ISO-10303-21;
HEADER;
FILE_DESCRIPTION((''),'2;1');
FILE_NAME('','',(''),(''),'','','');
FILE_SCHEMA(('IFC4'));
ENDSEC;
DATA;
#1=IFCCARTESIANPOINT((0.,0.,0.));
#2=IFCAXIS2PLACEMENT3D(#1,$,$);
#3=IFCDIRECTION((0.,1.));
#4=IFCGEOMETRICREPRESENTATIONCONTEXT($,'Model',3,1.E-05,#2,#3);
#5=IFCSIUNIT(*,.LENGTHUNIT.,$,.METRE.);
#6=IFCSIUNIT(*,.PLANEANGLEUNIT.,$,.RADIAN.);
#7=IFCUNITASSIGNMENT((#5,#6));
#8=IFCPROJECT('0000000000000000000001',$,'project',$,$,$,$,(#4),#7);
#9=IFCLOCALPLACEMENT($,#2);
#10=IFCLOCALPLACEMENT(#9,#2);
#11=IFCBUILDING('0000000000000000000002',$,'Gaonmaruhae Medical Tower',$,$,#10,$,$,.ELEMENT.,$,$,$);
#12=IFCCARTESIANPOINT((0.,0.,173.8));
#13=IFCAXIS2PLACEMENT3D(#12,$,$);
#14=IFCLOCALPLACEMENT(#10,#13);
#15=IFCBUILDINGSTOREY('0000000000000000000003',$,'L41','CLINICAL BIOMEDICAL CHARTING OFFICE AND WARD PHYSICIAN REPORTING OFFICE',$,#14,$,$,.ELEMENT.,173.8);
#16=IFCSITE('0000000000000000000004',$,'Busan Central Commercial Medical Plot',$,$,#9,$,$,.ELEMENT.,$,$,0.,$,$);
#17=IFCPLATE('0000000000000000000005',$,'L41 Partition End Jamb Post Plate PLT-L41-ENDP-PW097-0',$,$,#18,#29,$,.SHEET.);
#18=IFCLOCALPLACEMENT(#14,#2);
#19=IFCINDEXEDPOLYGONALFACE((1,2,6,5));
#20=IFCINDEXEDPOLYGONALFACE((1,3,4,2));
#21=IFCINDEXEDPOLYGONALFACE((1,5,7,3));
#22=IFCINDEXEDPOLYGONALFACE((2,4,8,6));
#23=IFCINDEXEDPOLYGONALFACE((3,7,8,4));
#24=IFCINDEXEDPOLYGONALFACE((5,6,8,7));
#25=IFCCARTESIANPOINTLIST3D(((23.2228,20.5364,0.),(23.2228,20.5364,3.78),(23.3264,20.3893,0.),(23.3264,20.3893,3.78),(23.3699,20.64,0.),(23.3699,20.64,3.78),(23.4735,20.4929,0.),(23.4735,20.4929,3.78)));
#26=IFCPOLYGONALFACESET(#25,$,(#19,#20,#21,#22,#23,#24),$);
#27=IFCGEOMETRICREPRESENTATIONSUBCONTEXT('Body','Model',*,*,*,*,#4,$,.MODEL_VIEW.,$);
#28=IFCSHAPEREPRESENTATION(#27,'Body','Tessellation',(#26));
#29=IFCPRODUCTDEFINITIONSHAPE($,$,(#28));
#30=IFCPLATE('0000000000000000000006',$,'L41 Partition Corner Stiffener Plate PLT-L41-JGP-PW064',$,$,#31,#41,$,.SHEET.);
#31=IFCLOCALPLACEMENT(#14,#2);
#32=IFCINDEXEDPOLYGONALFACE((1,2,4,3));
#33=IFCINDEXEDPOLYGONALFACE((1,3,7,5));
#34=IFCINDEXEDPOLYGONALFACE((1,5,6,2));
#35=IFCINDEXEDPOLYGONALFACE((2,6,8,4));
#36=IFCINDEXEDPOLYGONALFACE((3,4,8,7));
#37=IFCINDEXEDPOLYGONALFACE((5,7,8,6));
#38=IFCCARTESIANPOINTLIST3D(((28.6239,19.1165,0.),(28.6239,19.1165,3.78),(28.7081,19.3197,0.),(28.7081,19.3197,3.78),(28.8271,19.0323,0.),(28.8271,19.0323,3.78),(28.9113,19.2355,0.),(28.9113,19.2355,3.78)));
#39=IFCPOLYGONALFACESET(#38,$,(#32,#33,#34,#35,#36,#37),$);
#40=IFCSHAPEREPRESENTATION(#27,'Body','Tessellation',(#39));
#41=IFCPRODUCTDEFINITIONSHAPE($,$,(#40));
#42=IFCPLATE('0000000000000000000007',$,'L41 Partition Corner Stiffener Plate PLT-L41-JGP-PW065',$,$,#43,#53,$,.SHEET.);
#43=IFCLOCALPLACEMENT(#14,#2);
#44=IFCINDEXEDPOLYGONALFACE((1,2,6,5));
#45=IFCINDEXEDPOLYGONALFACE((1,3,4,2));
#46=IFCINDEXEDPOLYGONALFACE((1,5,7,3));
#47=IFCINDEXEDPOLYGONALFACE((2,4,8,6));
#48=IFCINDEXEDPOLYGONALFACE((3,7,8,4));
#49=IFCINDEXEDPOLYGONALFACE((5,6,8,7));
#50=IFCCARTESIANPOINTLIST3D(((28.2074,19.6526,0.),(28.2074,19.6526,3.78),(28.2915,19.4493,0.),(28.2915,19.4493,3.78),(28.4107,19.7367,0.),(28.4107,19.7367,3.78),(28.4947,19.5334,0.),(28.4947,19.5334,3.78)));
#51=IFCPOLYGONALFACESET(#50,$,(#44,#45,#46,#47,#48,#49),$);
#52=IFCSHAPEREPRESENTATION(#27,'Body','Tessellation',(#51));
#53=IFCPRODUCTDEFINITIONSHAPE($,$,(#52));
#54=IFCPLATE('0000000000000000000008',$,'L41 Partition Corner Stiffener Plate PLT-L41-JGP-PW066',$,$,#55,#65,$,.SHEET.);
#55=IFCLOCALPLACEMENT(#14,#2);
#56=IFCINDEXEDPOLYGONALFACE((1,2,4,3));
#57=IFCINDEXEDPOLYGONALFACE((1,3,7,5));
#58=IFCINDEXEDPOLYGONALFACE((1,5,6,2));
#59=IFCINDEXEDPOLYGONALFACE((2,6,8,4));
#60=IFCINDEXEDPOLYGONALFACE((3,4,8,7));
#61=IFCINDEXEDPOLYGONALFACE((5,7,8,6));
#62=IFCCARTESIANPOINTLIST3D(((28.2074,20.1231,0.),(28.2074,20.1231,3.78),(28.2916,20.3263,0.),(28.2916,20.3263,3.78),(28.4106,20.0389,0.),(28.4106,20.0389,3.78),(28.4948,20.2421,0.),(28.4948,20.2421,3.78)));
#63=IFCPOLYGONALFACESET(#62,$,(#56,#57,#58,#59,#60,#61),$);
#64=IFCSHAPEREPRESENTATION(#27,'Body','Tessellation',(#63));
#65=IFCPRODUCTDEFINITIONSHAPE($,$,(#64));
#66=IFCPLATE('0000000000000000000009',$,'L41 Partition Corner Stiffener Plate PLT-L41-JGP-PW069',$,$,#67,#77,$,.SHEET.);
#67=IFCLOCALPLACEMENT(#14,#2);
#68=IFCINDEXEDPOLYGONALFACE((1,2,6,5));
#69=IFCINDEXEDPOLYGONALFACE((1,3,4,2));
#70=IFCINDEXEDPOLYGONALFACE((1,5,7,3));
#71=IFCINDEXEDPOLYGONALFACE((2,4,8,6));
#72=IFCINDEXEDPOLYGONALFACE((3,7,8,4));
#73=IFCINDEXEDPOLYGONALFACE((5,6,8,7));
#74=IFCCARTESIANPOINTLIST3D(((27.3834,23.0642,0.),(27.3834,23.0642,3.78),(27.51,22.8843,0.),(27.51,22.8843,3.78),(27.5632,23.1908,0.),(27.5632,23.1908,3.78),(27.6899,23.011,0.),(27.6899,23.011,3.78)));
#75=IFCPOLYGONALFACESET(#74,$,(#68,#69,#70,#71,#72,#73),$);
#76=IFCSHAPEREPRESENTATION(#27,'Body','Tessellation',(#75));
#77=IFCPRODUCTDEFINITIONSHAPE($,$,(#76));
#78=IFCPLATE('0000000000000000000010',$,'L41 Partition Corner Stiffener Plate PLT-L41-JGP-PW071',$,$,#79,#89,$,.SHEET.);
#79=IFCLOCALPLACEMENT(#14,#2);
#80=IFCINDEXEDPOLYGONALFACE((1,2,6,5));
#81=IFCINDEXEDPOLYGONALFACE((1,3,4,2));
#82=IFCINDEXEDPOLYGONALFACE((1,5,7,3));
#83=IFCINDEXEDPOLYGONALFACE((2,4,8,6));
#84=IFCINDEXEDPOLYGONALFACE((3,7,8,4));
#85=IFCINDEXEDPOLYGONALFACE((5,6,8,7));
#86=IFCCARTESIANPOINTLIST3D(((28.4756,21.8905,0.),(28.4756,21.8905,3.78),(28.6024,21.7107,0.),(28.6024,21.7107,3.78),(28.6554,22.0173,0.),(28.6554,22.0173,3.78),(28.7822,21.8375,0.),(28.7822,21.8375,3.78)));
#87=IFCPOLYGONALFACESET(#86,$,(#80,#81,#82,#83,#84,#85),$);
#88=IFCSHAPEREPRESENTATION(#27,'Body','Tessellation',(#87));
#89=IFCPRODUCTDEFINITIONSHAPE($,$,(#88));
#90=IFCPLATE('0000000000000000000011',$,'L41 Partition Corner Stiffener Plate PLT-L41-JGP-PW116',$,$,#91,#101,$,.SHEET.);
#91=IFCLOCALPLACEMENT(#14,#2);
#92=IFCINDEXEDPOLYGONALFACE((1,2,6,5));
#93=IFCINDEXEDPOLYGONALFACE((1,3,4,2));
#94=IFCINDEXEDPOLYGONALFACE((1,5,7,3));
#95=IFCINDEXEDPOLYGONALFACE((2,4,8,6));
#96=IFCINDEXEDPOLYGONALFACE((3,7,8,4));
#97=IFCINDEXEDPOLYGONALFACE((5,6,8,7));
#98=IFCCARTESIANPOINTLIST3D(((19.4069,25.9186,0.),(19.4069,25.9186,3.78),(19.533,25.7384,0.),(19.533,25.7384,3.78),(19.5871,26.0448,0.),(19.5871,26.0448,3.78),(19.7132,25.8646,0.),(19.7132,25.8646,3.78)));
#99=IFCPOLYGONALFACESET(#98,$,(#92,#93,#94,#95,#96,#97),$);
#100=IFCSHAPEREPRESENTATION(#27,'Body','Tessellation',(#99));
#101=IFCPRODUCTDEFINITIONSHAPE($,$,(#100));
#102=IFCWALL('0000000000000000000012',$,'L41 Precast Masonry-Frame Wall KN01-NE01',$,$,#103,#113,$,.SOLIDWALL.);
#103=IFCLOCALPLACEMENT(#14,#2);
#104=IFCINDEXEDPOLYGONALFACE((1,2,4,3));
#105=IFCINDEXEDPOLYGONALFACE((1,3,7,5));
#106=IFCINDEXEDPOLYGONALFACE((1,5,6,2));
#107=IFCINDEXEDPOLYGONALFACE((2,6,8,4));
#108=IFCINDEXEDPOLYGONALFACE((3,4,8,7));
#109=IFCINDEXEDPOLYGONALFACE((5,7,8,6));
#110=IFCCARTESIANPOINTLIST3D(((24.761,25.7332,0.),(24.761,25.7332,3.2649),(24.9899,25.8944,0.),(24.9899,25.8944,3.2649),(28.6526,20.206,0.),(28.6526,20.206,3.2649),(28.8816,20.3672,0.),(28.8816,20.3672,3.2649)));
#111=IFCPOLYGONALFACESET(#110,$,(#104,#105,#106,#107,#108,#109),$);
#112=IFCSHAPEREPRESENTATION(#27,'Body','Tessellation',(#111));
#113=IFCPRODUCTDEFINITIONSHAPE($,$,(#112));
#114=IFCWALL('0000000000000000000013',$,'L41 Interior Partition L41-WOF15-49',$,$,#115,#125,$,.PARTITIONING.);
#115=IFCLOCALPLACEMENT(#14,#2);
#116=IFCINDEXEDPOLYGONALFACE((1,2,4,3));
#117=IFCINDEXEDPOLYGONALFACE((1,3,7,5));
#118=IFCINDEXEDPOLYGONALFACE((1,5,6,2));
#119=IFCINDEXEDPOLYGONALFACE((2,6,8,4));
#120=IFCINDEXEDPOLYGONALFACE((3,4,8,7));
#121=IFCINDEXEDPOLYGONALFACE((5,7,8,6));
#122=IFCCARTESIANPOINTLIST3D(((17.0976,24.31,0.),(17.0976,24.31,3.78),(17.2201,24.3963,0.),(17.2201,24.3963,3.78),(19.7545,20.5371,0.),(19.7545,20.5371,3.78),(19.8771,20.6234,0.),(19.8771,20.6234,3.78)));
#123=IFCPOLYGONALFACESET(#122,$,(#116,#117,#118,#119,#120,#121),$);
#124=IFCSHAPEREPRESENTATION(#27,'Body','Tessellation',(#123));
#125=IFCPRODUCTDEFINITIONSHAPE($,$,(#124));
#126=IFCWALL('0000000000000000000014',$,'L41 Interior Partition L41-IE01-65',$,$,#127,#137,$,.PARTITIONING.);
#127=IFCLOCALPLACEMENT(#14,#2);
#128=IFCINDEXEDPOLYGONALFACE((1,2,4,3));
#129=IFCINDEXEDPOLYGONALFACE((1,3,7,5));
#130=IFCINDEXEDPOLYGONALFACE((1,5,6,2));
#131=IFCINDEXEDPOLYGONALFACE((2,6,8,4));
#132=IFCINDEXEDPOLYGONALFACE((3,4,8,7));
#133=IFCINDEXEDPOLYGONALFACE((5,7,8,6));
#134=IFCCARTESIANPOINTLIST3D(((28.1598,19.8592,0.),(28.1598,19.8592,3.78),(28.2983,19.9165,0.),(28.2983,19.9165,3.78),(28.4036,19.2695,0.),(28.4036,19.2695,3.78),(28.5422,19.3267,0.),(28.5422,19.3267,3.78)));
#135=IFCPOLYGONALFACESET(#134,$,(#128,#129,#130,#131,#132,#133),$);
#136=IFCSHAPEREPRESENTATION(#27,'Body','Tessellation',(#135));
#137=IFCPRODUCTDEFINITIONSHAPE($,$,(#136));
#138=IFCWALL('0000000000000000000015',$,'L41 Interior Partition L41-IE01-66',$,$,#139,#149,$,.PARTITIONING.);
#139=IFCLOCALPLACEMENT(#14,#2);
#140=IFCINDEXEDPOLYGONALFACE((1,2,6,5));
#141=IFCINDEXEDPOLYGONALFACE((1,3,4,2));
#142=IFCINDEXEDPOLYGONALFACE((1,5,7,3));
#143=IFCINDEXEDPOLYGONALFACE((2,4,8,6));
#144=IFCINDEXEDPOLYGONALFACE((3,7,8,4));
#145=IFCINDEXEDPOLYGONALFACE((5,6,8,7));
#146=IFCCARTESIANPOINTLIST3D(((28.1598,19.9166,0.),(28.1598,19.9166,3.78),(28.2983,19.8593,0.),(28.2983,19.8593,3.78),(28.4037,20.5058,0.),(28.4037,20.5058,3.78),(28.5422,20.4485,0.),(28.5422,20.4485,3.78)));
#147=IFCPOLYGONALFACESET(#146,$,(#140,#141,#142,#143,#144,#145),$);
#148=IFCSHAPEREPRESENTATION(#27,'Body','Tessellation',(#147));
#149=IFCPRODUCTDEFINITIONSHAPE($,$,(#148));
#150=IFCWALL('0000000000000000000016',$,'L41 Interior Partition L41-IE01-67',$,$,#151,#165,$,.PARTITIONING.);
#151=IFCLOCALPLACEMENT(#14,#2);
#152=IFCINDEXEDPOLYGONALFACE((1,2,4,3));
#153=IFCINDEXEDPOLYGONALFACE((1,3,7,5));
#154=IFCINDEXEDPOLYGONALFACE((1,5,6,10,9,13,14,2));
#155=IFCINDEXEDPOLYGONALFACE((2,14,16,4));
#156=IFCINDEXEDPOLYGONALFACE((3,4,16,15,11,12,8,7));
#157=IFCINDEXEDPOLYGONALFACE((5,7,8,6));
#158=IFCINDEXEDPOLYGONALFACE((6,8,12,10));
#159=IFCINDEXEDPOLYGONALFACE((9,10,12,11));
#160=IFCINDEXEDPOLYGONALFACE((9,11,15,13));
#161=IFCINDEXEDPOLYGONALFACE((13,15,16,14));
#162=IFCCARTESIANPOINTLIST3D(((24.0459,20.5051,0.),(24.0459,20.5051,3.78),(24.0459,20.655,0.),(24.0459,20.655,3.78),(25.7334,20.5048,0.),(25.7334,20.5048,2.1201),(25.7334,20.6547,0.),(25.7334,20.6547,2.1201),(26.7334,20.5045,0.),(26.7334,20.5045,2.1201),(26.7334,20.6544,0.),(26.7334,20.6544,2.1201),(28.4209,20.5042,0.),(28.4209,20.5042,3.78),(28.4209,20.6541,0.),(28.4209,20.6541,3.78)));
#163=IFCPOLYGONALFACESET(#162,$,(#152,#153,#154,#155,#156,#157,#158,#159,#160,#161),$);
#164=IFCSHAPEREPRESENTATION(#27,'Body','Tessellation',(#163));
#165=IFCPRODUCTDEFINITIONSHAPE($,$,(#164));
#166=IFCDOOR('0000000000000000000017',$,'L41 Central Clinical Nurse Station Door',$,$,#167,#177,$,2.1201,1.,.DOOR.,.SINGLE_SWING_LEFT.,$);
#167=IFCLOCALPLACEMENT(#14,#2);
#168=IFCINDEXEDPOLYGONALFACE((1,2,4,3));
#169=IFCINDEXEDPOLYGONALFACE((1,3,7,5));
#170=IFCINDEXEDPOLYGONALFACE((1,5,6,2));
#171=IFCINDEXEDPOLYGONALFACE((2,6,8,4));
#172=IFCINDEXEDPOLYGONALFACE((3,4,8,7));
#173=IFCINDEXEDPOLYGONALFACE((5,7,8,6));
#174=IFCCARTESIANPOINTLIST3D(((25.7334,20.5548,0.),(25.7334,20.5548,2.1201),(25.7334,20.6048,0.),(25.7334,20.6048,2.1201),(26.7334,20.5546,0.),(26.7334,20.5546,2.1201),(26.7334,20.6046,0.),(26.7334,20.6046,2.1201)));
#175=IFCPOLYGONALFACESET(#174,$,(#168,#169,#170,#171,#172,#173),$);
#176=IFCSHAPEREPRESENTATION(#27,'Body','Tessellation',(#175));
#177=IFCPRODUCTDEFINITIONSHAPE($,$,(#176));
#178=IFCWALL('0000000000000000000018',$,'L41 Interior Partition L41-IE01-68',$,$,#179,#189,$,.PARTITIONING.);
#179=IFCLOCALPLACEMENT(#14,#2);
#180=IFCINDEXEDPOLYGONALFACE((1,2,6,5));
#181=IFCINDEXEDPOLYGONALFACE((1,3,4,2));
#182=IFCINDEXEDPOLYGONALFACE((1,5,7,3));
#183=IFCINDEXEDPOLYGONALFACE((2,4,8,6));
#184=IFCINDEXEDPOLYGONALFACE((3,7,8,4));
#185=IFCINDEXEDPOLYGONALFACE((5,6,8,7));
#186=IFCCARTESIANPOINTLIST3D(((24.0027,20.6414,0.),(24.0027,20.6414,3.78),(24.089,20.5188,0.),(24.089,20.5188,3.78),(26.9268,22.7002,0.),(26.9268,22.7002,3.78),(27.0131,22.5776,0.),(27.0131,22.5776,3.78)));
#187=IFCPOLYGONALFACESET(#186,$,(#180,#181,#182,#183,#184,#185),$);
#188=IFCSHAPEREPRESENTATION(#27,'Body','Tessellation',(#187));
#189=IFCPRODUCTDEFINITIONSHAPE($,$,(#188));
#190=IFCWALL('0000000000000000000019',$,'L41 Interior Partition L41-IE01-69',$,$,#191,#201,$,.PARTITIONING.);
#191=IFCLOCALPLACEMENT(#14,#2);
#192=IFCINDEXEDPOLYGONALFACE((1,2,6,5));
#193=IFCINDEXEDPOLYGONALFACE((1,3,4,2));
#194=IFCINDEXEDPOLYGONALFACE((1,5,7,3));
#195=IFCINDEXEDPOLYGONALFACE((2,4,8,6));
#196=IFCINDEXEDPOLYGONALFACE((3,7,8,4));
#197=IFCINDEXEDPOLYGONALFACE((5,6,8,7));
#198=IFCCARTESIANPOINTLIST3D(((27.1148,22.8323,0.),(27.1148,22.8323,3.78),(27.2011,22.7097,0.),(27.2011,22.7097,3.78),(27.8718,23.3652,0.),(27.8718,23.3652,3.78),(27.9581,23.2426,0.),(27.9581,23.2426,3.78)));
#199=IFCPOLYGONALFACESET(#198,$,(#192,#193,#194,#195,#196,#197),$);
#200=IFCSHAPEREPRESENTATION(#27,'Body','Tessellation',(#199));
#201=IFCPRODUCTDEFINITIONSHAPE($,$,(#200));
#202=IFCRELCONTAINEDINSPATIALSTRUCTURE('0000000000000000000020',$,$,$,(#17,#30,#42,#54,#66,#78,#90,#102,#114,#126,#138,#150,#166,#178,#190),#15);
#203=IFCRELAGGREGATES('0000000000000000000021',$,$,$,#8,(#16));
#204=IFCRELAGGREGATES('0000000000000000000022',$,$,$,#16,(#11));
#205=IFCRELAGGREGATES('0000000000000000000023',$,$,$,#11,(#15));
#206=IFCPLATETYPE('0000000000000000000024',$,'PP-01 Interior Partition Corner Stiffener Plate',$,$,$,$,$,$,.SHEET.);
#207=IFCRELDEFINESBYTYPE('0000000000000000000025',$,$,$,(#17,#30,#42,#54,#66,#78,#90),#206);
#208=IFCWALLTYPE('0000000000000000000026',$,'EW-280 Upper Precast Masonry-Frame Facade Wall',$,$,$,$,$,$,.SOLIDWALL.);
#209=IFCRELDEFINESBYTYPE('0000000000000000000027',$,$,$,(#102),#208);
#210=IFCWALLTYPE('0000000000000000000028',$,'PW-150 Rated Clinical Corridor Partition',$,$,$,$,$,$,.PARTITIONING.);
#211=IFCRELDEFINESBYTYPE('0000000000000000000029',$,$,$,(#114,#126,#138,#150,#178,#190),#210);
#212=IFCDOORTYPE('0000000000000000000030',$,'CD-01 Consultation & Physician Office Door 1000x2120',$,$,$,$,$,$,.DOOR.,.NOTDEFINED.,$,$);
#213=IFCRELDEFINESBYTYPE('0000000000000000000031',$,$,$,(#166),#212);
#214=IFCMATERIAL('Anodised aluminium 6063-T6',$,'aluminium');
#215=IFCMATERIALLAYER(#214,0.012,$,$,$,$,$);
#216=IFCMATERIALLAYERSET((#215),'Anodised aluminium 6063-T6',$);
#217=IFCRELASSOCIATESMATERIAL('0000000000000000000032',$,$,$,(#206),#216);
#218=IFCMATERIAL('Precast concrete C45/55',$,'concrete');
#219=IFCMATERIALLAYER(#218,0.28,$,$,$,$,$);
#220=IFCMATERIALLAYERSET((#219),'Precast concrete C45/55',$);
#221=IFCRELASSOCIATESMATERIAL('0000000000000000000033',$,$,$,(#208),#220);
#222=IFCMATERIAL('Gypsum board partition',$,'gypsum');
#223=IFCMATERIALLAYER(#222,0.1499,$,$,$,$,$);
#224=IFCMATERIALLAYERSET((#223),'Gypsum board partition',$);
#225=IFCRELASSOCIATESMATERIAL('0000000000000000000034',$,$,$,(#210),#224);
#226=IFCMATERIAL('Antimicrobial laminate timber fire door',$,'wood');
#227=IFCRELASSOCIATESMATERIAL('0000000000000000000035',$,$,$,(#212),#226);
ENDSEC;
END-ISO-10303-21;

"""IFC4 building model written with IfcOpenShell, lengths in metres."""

from ifc_helpers import new_model, si_unit, direction, frame, frame_2d, origin, origin_2d, place, context, subcontext, project, spatial, rectangle, extrude, material, layer, layer_set, type_object, element, fill, save


model = new_model("IFC4")

# Units and contexts
model_context = context("Model", 3, precision=1e-05, world=origin(), true_north=direction((0.0, 1.0)))
body_context = subcontext(model_context, "Body", "Model", "MODEL_VIEW")
ifc_project = project(units=[si_unit("LENGTHUNIT", "METRE"), si_unit("PLANEANGLEUNIT", "RADIAN")], contexts=[model_context])

# Site, building, storey
site_placement = place(None, origin())
site = spatial("IfcSite", under=ifc_project, at=site_placement, Name="Busan Central Commercial Medical Plot", CompositionType="ELEMENT", RefElevation=0.0)
building_placement = place(site_placement, origin())
building = spatial("IfcBuilding", under=site, at=building_placement, Name="Gaonmaruhae Medical Tower", CompositionType="ELEMENT")
storey_placement = place(building_placement, frame((0.0, 0.0, 173.8)))
storey = spatial("IfcBuildingStorey", under=building, at=storey_placement, Name="L41", Description="CLINICAL BIOMEDICAL CHARTING OFFICE AND WARD PHYSICIAN REPORTING OFFICE", CompositionType="ELEMENT", Elevation=173.8)

# Plates
ifc_material_1 = material(Name="Anodised aluminium 6063-T6", Category="aluminium")
ifc_layer_1 = layer(ifc_material_1, 0.012)
ifc_layer_set_1 = layer_set([ifc_layer_1], Name="Anodised aluminium 6063-T6")
plate_type = type_object("IfcPlateType", Name="PP-01 Interior Partition Corner Stiffener Plate", PredefinedType="SHEET", material=ifc_layer_set_1)
plate_placement = place(storey_placement, frame((23.3481, 20.5146, 0.0), z_axis=(0.0, 0.0, 1.0), x_axis=(-0.575776, 0.817607, 0.0)))
element("IfcPlate", 1, at=plate_placement, inside=storey, type_object=plate_type, Name="L41 Partition End Jamb Post Plate PLT-L41-ENDP-PW097-0", PredefinedType="SHEET", context=body_context, shape_type="SweptSolid", body=[
    extrude(rectangle(XDim=0.1799, YDim=0.1799, at=origin_2d()), origin(), (0.0, 0.0, 1.0), 3.78),
])
for number, where, z_axis, x_axis, name in (
    (2, (28.7676, 19.176, 0.0), (0.0, 0.0, 1.0), (-0.923866, 0.382716, 0.0), "L41 Partition Corner Stiffener Plate PLT-L41-JGP-PW064"),
    (3, (28.3511, 19.593, 0.0), (0.0, 0.0, 1.0), (-0.382167, 0.924093, 0.0), "L41 Partition Corner Stiffener Plate PLT-L41-JGP-PW065"),
    (4, (28.3511, 20.1826, 0.0), (0.0, 0.0, 1.0), (0.382716, 0.923866, 0.0), "L41 Partition Corner Stiffener Plate PLT-L41-JGP-PW066"),
    (5, (27.5366, 23.0376, 0.0), (0.0, 0.0, 1.0), (0.817658, 0.575705, 0.0), "L41 Partition Corner Stiffener Plate PLT-L41-JGP-PW069"),
    (6, (28.6289, 21.864, 0.0), (0.0, 0.0, 1.0), (-0.817306, -0.576204, 0.0), "L41 Partition Corner Stiffener Plate PLT-L41-JGP-PW071"),
    (7, (19.5601, 25.8916, 0.0), (0.0, 0.0, 1.0), (0.573391, -0.819282, 0.0), "L41 Partition Corner Stiffener Plate PLT-L41-JGP-PW116"),
):
    element("IfcPlate", number, at=place(storey_placement, frame(where, z_axis=z_axis, x_axis=x_axis)), inside=storey, type_object=plate_type, Name=name, PredefinedType="SHEET", context=body_context, shape_type="SweptSolid", body=[
        extrude(rectangle(XDim=0.22, YDim=0.22, at=origin_2d()), origin(), (0.0, 0.0, 1.0), 3.78),
    ])

# Walls
ifc_material_2 = material(Name="Precast concrete C45/55", Category="concrete")
ifc_layer_2 = layer(ifc_material_2, 0.28)
ifc_layer_set_2 = layer_set([ifc_layer_2], Name="Precast concrete C45/55")
wall_type_1 = type_object("IfcWallType", Name="EW-280 Upper Precast Masonry-Frame Facade Wall", PredefinedType="SOLIDWALL", material=ifc_layer_set_2)
wall_1_placement = place(storey_placement, frame((28.7671, 20.2866, 0.0), z_axis=(0.0, 0.0, 1.0), x_axis=(-0.575707, 0.817656, 0.0)))
element("IfcWall", 8, at=wall_1_placement, inside=storey, type_object=wall_type_1, Name="L41 Precast Masonry-Frame Wall KN01-NE01", PredefinedType="SOLIDWALL", context=body_context, shape_type="SweptSolid", body=[
    extrude(rectangle(XDim=6.7598, YDim=0.28, at=frame_2d((3.3799, 0.0))), origin(), (0.0, 0.0, 1.0), 3.2649),
])
ifc_material_3 = material(Name="Gypsum board partition", Category="gypsum")
ifc_layer_3 = layer(ifc_material_3, 0.1499)
ifc_layer_set_3 = layer_set([ifc_layer_3], Name="Gypsum board partition")
wall_type_2 = type_object("IfcWallType", Name="PW-150 Rated Clinical Corridor Partition", PredefinedType="PARTITIONING", material=ifc_layer_set_3)
wall_2_placement = place(storey_placement, frame((17.1589, 24.353, 0.0), z_axis=(0.0, 0.0, 1.0), x_axis=(0.575775, -0.817608, 0.0)))
element("IfcWall", 9, at=wall_2_placement, inside=storey, type_object=wall_type_2, Name="L41 Interior Partition L41-WOF15-49", PredefinedType="PARTITIONING", context=body_context, shape_type="SweptSolid", body=[
    extrude(rectangle(XDim=4.6145, YDim=0.1499, at=frame_2d((2.3071, 0.0))), origin(), (0.0, 0.0, 1.0), 3.78),
])

# Shared definitions
ifc_material_4 = material(Name="Antimicrobial laminate timber fire door", Category="wood")

# Walls
wall_3_placement = place(storey_placement, frame((28.4729, 19.2981, 0.0), z_axis=(0.0, 0.0, 1.0), x_axis=(-0.382115, 0.924115, 0.0)))
element("IfcWall", 10, at=wall_3_placement, inside=storey, type_object=wall_type_2, Name="L41 Interior Partition L41-IE01-65", PredefinedType="PARTITIONING", context=body_context, shape_type="SweptSolid", body=[
    extrude(rectangle(XDim=0.6382, YDim=0.1499, at=frame_2d((0.3191, 0.0))), origin(), (0.0, 0.0, 1.0), 3.78),
])
wall_4_placement = place(storey_placement, frame((28.229, 19.8879, 0.0), z_axis=(0.0, 0.0, 1.0), x_axis=(0.382521, 0.923947, 0.0)))
element("IfcWall", 11, at=wall_4_placement, inside=storey, type_object=wall_type_2, Name="L41 Interior Partition L41-IE01-66", PredefinedType="PARTITIONING", context=body_context, shape_type="SweptSolid", body=[
    extrude(rectangle(XDim=0.6377, YDim=0.1499, at=frame_2d((0.3188, 0.0))), origin(), (0.0, 0.0, 1.0), 3.78),
])

# Wall, opening, door
wall_5_placement = place(storey_placement, frame((28.4209, 20.5791, 0.0), z_axis=(0.0, 0.0, 1.0), x_axis=(-1.0, 0.000223, 0.0)))
wall_5 = element("IfcWall", 12, at=wall_5_placement, inside=storey, type_object=wall_type_2, Name="L41 Interior Partition L41-IE01-67", PredefinedType="PARTITIONING", context=body_context, shape_type="SweptSolid", body=[
    extrude(rectangle(XDim=4.375, YDim=0.1499, at=frame_2d((2.1875, 0.0))), origin(), (0.0, 0.0, 1.0), 3.78),
])
opening_1_placement = place(wall_5_placement, frame((1.6875, 0.0, 0.0)))
opening_1 = element("IfcOpeningElement", 13, at=opening_1_placement, cuts=wall_5, PredefinedType="OPENING", context=body_context, shape_type="SweptSolid", body=[
    extrude(rectangle(XDim=1.0, YDim=2.1201, at=frame_2d((0.5, 1.0601))), frame((0.0, 0.085, 0.0), z_axis=(0.0, -1.0, 0.0), x_axis=(1.0, 0.0, 0.0)), (0.0, 0.0, 1.0), 0.1699),
])
door_type_1 = type_object("IfcDoorType", Name="CD-01 Consultation & Physician Office Door 1000x2120", OperationType="NOTDEFINED", PredefinedType="DOOR", material=ifc_material_4)
door_1_placement = place(opening_1_placement, origin())
door_1 = element("IfcDoor", 14, at=door_1_placement, inside=storey, type_object=door_type_1, Name="L41 Central Clinical Nurse Station Door", OperationType="SINGLE_SWING_LEFT", OverallHeight=2.1201, OverallWidth=1.0, PredefinedType="DOOR", context=body_context, shape_type="SweptSolid", body=[
    extrude(rectangle(XDim=1.0, YDim=2.1201, at=frame_2d((0.5, 1.0601))), frame((0.0, 0.0249, 0.0), z_axis=(0.0, -1.0, 0.0), x_axis=(1.0, 0.0, 0.0)), (0.0, 0.0, 1.0), 0.05),
])
fill(opening_1, door_1)

# Walls
wall_6_placement = place(storey_placement, frame((24.0459, 20.5801, 0.0), z_axis=(0.0, 0.0, 1.0), x_axis=(0.817654, 0.57571, 0.0)))
element("IfcWall", 15, at=wall_6_placement, inside=storey, type_object=wall_type_2, Name="L41 Interior Partition L41-IE01-68", PredefinedType="PARTITIONING", context=body_context, shape_type="SweptSolid", body=[
    extrude(rectangle(XDim=3.5762, YDim=0.1499, at=frame_2d((1.7881, 0.0))), origin(), (0.0, 0.0, 1.0), 3.78),
])
wall_7_placement = place(storey_placement, frame((27.158, 22.771, 0.0), z_axis=(0.0, 0.0, 1.0), x_axis=(0.817705, 0.575637, 0.0)))
element("IfcWall", 16, at=wall_7_placement, inside=storey, type_object=wall_type_2, Name="L41 Interior Partition L41-IE01-69", PredefinedType="PARTITIONING", context=body_context, shape_type="SweptSolid", body=[
    extrude(rectangle(XDim=0.9258, YDim=0.1499, at=frame_2d((0.4629, 0.0))), origin(), (0.0, 0.0, 1.0), 3.78),
])

save(model, "model.ifc")
